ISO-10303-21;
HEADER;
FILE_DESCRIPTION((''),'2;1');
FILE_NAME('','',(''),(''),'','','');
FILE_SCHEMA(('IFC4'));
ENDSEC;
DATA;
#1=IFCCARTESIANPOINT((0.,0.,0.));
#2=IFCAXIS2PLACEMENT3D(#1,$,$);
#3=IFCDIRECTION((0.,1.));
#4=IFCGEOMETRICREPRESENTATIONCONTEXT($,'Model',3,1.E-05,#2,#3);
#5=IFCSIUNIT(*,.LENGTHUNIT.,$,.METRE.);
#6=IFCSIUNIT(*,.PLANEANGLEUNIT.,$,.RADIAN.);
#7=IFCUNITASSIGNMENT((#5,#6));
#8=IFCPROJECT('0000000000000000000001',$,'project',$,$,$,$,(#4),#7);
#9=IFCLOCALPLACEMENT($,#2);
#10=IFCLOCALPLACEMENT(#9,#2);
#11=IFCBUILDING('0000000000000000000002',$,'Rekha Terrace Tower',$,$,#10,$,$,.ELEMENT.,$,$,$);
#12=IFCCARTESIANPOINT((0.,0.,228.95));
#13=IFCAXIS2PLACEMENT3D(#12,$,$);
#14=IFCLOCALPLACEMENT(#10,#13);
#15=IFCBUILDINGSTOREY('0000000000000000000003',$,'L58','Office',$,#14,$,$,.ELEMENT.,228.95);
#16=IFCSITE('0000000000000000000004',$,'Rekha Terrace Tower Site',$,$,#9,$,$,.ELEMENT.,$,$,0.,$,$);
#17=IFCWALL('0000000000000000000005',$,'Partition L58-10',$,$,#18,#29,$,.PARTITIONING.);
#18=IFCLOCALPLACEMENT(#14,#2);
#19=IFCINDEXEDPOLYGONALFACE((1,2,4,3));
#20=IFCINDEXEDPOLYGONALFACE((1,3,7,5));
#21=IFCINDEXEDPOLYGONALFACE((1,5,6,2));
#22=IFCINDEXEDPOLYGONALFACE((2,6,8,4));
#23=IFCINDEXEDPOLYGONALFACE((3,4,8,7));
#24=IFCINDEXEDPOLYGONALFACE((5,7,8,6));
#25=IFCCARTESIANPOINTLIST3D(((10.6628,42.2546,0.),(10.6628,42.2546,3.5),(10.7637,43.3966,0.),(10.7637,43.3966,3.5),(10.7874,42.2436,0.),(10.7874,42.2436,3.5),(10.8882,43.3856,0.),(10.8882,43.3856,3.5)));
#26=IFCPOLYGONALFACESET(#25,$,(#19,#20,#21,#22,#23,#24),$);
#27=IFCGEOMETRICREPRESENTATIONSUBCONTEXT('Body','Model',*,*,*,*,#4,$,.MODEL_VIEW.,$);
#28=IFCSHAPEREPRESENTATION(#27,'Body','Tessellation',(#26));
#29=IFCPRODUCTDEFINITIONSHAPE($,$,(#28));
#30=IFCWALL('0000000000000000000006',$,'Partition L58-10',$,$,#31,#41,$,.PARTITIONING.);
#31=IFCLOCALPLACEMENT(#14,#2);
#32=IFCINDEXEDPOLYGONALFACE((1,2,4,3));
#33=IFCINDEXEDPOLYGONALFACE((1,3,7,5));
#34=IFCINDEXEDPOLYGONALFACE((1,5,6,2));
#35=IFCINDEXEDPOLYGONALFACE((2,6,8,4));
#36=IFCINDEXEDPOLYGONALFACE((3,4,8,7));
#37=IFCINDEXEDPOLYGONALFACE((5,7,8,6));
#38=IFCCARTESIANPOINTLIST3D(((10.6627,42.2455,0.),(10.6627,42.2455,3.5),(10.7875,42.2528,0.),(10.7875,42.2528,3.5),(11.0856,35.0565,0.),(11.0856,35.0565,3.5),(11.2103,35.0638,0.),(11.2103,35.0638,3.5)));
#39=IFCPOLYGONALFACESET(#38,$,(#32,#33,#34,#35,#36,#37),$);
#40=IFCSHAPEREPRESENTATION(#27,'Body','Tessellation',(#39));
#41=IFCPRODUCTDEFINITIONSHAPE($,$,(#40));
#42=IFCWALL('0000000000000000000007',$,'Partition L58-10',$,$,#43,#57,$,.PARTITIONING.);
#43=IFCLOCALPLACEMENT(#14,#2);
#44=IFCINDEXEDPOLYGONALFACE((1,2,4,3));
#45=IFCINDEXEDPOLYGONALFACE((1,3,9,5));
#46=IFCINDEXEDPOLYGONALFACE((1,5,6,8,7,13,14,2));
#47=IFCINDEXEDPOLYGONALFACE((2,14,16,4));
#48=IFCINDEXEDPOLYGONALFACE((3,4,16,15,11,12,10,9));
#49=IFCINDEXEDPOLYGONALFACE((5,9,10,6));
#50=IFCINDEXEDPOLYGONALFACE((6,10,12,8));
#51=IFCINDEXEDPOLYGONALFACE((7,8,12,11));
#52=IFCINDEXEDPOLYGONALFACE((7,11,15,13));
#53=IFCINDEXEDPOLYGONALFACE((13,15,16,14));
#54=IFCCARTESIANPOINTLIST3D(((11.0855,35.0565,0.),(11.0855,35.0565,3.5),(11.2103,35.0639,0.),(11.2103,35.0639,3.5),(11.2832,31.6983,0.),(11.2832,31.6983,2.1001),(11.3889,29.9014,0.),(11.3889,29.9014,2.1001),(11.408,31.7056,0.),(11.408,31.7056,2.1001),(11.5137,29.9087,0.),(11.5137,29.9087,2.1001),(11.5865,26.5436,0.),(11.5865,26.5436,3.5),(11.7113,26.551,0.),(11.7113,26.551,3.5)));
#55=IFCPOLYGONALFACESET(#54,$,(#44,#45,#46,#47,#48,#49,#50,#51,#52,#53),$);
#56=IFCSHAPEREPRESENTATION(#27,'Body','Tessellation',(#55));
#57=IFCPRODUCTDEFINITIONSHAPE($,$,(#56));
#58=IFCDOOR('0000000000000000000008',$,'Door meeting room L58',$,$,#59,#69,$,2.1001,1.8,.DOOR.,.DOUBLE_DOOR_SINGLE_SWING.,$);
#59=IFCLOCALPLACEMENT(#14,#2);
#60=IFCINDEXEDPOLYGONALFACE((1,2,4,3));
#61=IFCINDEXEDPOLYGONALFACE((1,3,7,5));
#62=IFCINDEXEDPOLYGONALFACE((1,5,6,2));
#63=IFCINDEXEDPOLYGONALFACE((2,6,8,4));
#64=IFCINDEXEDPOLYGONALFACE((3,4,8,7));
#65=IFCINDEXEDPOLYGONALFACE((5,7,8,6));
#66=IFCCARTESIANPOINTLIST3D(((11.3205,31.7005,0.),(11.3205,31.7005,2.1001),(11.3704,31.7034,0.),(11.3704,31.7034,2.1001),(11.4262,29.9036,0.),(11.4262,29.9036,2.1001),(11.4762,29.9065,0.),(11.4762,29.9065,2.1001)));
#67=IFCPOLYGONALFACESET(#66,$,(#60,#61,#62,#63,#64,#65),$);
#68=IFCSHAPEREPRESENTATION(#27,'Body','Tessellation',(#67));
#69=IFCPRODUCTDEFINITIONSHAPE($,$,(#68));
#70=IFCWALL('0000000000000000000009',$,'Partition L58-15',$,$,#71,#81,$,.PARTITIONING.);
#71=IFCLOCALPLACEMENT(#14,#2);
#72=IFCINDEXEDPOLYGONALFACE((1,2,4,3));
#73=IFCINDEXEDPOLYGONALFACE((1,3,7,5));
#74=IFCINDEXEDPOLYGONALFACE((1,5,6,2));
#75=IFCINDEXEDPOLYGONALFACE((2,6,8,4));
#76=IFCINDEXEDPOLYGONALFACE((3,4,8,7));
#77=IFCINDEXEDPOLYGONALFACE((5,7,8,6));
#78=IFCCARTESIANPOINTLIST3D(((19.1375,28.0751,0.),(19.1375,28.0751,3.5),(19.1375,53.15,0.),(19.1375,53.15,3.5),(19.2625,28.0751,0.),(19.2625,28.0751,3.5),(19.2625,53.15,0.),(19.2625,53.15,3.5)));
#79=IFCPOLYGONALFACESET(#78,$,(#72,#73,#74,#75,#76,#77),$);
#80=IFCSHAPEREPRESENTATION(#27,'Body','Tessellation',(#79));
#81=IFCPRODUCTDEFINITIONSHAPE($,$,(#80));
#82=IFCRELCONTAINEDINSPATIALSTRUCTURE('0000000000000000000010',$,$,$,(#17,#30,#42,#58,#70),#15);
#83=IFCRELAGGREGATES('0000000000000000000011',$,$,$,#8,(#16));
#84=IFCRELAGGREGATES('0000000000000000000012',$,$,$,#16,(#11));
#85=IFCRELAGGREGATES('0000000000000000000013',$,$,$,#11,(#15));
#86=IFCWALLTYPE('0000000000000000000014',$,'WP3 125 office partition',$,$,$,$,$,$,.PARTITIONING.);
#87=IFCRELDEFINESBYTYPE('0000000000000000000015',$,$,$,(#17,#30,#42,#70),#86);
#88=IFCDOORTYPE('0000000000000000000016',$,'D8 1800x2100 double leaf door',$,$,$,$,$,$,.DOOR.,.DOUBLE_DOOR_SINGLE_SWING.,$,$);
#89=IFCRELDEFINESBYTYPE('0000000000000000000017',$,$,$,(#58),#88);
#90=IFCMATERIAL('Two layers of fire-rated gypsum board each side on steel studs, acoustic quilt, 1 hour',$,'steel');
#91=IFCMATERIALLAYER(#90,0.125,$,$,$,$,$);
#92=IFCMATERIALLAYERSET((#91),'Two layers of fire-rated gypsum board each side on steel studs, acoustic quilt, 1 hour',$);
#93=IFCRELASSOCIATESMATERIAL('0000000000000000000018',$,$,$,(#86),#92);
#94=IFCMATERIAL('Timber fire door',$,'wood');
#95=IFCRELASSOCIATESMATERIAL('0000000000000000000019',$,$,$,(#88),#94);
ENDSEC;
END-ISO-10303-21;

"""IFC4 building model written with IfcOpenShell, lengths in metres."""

from ifc_helpers import new_model, si_unit, direction, frame, frame_2d, origin, place, context, subcontext, project, spatial, rectangle, extrude, material, layer, layer_set, type_object, element, fill, save


model = new_model("IFC4")

# Units and contexts
model_context = context("Model", 3, precision=1e-05, world=origin(), true_north=direction((0.0, 1.0)))
body_context = subcontext(model_context, "Body", "Model", "MODEL_VIEW")
ifc_project = project(units=[si_unit("LENGTHUNIT", "METRE"), si_unit("PLANEANGLEUNIT", "RADIAN")], contexts=[model_context])

# Site, building, storey
site_placement = place(None, origin())
site = spatial("IfcSite", under=ifc_project, at=site_placement, Name="Rekha Terrace Tower Site", CompositionType="ELEMENT", RefElevation=0.0)
building_placement = place(site_placement, origin())
building = spatial("IfcBuilding", under=site, at=building_placement, Name="Rekha Terrace Tower", CompositionType="ELEMENT")
storey_placement = place(building_placement, frame((0.0, 0.0, 228.95)))
storey = spatial("IfcBuildingStorey", under=building, at=storey_placement, Name="L58", Description="Office", CompositionType="ELEMENT", Elevation=228.95)

# Walls
ifc_material_1 = material(Name="Two layers of fire-rated gypsum board each side on steel studs, acoustic quilt, 1 hour", Category="steel")
ifc_layer_1 = layer(ifc_material_1, 0.125)
ifc_layer_set_1 = layer_set([ifc_layer_1], Name="Two layers of fire-rated gypsum board each side on steel studs, acoustic quilt, 1 hour")
wall_type_1 = type_object("IfcWallType", Name="WP3 125 office partition", PredefinedType="PARTITIONING", material=ifc_layer_set_1)
wall_1_placement = place(storey_placement, frame((10.8259, 43.3911, 0.0), z_axis=(0.0, 0.0, 1.0), x_axis=(-0.087944, -0.996125, 0.0)))
element("IfcWall", 1, at=wall_1_placement, inside=storey, type_object=wall_type_1, Name="Partition L58-10", PredefinedType="PARTITIONING", context=body_context, shape_type="SweptSolid", body=[
    extrude(rectangle(XDim=1.1465, YDim=0.125, at=frame_2d((0.5732, 0.0))), origin(), (0.0, 0.0, 1.0), 3.5),
])
wall_2_placement = place(storey_placement, frame((10.7251, 42.249, 0.0), z_axis=(0.0, 0.0, 1.0), x_axis=(0.058718, -0.998275, 0.0)))
element("IfcWall", 2, at=wall_2_placement, inside=storey, type_object=wall_type_1, Name="Partition L58-10", PredefinedType="PARTITIONING", context=body_context, shape_type="SweptSolid", body=[
    extrude(rectangle(XDim=7.2014, YDim=0.125, at=frame_2d((3.6006, 0.0))), origin(), (0.0, 0.0, 1.0), 3.5),
])

# Wall, opening, door
wall_3_placement = place(storey_placement, frame((11.1479, 35.0601, 0.0), z_axis=(0.0, 0.0, 1.0), x_axis=(0.058747, -0.998273, 0.0)))
wall_3 = element("IfcWall", 3, at=wall_3_placement, inside=storey, type_object=wall_type_1, Name="Partition L58-10", PredefinedType="PARTITIONING", context=body_context, shape_type="SweptSolid", body=[
    extrude(rectangle(XDim=8.5276, YDim=0.125, at=frame_2d((4.2637, 0.0))), origin(), (0.0, 0.0, 1.0), 3.5),
])
opening_1_placement = place(wall_3_placement, frame((3.364, 0.0, 0.0)))
opening_1 = element("IfcOpeningElement", 4, at=opening_1_placement, cuts=wall_3, PredefinedType="OPENING", context=body_context, shape_type="SweptSolid", body=[
    extrude(rectangle(XDim=1.8, YDim=2.1001, at=frame_2d((0.8999, 1.05))), frame((0.0, 0.0725, 0.0), z_axis=(0.0, -1.0, 0.0), x_axis=(1.0, 0.0, 0.0)), (0.0, 0.0, 1.0), 0.145),
])
ifc_material_2 = material(Name="Timber fire door", Category="wood")
door_type_1 = type_object("IfcDoorType", Name="D8 1800x2100 double leaf door", OperationType="DOUBLE_DOOR_SINGLE_SWING", PredefinedType="DOOR", material=ifc_material_2)
door_1_placement = place(opening_1_placement, origin())
door_1 = element("IfcDoor", 5, at=door_1_placement, inside=storey, type_object=door_type_1, Name="Door meeting room L58", OperationType="DOUBLE_DOOR_SINGLE_SWING", OverallHeight=2.1001, OverallWidth=1.8, PredefinedType="DOOR", context=body_context, shape_type="SweptSolid", body=[
    extrude(rectangle(XDim=1.8, YDim=2.1001, at=frame_2d((0.8999, 1.05))), frame((0.0, 0.0249, 0.0), z_axis=(0.0, -1.0, 0.0), x_axis=(1.0, 0.0, 0.0)), (0.0, 0.0, 1.0), 0.05),
])
fill(opening_1, door_1)

# Wall
wall_4_placement = place(storey_placement, frame((19.2, 28.075, 0.0), z_axis=(0.0, 0.0, 1.0), x_axis=(0.0, 1.0, 0.0)))
element("IfcWall", 6, at=wall_4_placement, inside=storey, type_object=wall_type_1, Name="Partition L58-15", PredefinedType="PARTITIONING", context=body_context, shape_type="SweptSolid", body=[
    extrude(rectangle(XDim=25.075, YDim=0.125, at=frame_2d((12.5376, 0.0))), origin(), (0.0, 0.0, 1.0), 3.5),
])

save(model, "model.ifc")
